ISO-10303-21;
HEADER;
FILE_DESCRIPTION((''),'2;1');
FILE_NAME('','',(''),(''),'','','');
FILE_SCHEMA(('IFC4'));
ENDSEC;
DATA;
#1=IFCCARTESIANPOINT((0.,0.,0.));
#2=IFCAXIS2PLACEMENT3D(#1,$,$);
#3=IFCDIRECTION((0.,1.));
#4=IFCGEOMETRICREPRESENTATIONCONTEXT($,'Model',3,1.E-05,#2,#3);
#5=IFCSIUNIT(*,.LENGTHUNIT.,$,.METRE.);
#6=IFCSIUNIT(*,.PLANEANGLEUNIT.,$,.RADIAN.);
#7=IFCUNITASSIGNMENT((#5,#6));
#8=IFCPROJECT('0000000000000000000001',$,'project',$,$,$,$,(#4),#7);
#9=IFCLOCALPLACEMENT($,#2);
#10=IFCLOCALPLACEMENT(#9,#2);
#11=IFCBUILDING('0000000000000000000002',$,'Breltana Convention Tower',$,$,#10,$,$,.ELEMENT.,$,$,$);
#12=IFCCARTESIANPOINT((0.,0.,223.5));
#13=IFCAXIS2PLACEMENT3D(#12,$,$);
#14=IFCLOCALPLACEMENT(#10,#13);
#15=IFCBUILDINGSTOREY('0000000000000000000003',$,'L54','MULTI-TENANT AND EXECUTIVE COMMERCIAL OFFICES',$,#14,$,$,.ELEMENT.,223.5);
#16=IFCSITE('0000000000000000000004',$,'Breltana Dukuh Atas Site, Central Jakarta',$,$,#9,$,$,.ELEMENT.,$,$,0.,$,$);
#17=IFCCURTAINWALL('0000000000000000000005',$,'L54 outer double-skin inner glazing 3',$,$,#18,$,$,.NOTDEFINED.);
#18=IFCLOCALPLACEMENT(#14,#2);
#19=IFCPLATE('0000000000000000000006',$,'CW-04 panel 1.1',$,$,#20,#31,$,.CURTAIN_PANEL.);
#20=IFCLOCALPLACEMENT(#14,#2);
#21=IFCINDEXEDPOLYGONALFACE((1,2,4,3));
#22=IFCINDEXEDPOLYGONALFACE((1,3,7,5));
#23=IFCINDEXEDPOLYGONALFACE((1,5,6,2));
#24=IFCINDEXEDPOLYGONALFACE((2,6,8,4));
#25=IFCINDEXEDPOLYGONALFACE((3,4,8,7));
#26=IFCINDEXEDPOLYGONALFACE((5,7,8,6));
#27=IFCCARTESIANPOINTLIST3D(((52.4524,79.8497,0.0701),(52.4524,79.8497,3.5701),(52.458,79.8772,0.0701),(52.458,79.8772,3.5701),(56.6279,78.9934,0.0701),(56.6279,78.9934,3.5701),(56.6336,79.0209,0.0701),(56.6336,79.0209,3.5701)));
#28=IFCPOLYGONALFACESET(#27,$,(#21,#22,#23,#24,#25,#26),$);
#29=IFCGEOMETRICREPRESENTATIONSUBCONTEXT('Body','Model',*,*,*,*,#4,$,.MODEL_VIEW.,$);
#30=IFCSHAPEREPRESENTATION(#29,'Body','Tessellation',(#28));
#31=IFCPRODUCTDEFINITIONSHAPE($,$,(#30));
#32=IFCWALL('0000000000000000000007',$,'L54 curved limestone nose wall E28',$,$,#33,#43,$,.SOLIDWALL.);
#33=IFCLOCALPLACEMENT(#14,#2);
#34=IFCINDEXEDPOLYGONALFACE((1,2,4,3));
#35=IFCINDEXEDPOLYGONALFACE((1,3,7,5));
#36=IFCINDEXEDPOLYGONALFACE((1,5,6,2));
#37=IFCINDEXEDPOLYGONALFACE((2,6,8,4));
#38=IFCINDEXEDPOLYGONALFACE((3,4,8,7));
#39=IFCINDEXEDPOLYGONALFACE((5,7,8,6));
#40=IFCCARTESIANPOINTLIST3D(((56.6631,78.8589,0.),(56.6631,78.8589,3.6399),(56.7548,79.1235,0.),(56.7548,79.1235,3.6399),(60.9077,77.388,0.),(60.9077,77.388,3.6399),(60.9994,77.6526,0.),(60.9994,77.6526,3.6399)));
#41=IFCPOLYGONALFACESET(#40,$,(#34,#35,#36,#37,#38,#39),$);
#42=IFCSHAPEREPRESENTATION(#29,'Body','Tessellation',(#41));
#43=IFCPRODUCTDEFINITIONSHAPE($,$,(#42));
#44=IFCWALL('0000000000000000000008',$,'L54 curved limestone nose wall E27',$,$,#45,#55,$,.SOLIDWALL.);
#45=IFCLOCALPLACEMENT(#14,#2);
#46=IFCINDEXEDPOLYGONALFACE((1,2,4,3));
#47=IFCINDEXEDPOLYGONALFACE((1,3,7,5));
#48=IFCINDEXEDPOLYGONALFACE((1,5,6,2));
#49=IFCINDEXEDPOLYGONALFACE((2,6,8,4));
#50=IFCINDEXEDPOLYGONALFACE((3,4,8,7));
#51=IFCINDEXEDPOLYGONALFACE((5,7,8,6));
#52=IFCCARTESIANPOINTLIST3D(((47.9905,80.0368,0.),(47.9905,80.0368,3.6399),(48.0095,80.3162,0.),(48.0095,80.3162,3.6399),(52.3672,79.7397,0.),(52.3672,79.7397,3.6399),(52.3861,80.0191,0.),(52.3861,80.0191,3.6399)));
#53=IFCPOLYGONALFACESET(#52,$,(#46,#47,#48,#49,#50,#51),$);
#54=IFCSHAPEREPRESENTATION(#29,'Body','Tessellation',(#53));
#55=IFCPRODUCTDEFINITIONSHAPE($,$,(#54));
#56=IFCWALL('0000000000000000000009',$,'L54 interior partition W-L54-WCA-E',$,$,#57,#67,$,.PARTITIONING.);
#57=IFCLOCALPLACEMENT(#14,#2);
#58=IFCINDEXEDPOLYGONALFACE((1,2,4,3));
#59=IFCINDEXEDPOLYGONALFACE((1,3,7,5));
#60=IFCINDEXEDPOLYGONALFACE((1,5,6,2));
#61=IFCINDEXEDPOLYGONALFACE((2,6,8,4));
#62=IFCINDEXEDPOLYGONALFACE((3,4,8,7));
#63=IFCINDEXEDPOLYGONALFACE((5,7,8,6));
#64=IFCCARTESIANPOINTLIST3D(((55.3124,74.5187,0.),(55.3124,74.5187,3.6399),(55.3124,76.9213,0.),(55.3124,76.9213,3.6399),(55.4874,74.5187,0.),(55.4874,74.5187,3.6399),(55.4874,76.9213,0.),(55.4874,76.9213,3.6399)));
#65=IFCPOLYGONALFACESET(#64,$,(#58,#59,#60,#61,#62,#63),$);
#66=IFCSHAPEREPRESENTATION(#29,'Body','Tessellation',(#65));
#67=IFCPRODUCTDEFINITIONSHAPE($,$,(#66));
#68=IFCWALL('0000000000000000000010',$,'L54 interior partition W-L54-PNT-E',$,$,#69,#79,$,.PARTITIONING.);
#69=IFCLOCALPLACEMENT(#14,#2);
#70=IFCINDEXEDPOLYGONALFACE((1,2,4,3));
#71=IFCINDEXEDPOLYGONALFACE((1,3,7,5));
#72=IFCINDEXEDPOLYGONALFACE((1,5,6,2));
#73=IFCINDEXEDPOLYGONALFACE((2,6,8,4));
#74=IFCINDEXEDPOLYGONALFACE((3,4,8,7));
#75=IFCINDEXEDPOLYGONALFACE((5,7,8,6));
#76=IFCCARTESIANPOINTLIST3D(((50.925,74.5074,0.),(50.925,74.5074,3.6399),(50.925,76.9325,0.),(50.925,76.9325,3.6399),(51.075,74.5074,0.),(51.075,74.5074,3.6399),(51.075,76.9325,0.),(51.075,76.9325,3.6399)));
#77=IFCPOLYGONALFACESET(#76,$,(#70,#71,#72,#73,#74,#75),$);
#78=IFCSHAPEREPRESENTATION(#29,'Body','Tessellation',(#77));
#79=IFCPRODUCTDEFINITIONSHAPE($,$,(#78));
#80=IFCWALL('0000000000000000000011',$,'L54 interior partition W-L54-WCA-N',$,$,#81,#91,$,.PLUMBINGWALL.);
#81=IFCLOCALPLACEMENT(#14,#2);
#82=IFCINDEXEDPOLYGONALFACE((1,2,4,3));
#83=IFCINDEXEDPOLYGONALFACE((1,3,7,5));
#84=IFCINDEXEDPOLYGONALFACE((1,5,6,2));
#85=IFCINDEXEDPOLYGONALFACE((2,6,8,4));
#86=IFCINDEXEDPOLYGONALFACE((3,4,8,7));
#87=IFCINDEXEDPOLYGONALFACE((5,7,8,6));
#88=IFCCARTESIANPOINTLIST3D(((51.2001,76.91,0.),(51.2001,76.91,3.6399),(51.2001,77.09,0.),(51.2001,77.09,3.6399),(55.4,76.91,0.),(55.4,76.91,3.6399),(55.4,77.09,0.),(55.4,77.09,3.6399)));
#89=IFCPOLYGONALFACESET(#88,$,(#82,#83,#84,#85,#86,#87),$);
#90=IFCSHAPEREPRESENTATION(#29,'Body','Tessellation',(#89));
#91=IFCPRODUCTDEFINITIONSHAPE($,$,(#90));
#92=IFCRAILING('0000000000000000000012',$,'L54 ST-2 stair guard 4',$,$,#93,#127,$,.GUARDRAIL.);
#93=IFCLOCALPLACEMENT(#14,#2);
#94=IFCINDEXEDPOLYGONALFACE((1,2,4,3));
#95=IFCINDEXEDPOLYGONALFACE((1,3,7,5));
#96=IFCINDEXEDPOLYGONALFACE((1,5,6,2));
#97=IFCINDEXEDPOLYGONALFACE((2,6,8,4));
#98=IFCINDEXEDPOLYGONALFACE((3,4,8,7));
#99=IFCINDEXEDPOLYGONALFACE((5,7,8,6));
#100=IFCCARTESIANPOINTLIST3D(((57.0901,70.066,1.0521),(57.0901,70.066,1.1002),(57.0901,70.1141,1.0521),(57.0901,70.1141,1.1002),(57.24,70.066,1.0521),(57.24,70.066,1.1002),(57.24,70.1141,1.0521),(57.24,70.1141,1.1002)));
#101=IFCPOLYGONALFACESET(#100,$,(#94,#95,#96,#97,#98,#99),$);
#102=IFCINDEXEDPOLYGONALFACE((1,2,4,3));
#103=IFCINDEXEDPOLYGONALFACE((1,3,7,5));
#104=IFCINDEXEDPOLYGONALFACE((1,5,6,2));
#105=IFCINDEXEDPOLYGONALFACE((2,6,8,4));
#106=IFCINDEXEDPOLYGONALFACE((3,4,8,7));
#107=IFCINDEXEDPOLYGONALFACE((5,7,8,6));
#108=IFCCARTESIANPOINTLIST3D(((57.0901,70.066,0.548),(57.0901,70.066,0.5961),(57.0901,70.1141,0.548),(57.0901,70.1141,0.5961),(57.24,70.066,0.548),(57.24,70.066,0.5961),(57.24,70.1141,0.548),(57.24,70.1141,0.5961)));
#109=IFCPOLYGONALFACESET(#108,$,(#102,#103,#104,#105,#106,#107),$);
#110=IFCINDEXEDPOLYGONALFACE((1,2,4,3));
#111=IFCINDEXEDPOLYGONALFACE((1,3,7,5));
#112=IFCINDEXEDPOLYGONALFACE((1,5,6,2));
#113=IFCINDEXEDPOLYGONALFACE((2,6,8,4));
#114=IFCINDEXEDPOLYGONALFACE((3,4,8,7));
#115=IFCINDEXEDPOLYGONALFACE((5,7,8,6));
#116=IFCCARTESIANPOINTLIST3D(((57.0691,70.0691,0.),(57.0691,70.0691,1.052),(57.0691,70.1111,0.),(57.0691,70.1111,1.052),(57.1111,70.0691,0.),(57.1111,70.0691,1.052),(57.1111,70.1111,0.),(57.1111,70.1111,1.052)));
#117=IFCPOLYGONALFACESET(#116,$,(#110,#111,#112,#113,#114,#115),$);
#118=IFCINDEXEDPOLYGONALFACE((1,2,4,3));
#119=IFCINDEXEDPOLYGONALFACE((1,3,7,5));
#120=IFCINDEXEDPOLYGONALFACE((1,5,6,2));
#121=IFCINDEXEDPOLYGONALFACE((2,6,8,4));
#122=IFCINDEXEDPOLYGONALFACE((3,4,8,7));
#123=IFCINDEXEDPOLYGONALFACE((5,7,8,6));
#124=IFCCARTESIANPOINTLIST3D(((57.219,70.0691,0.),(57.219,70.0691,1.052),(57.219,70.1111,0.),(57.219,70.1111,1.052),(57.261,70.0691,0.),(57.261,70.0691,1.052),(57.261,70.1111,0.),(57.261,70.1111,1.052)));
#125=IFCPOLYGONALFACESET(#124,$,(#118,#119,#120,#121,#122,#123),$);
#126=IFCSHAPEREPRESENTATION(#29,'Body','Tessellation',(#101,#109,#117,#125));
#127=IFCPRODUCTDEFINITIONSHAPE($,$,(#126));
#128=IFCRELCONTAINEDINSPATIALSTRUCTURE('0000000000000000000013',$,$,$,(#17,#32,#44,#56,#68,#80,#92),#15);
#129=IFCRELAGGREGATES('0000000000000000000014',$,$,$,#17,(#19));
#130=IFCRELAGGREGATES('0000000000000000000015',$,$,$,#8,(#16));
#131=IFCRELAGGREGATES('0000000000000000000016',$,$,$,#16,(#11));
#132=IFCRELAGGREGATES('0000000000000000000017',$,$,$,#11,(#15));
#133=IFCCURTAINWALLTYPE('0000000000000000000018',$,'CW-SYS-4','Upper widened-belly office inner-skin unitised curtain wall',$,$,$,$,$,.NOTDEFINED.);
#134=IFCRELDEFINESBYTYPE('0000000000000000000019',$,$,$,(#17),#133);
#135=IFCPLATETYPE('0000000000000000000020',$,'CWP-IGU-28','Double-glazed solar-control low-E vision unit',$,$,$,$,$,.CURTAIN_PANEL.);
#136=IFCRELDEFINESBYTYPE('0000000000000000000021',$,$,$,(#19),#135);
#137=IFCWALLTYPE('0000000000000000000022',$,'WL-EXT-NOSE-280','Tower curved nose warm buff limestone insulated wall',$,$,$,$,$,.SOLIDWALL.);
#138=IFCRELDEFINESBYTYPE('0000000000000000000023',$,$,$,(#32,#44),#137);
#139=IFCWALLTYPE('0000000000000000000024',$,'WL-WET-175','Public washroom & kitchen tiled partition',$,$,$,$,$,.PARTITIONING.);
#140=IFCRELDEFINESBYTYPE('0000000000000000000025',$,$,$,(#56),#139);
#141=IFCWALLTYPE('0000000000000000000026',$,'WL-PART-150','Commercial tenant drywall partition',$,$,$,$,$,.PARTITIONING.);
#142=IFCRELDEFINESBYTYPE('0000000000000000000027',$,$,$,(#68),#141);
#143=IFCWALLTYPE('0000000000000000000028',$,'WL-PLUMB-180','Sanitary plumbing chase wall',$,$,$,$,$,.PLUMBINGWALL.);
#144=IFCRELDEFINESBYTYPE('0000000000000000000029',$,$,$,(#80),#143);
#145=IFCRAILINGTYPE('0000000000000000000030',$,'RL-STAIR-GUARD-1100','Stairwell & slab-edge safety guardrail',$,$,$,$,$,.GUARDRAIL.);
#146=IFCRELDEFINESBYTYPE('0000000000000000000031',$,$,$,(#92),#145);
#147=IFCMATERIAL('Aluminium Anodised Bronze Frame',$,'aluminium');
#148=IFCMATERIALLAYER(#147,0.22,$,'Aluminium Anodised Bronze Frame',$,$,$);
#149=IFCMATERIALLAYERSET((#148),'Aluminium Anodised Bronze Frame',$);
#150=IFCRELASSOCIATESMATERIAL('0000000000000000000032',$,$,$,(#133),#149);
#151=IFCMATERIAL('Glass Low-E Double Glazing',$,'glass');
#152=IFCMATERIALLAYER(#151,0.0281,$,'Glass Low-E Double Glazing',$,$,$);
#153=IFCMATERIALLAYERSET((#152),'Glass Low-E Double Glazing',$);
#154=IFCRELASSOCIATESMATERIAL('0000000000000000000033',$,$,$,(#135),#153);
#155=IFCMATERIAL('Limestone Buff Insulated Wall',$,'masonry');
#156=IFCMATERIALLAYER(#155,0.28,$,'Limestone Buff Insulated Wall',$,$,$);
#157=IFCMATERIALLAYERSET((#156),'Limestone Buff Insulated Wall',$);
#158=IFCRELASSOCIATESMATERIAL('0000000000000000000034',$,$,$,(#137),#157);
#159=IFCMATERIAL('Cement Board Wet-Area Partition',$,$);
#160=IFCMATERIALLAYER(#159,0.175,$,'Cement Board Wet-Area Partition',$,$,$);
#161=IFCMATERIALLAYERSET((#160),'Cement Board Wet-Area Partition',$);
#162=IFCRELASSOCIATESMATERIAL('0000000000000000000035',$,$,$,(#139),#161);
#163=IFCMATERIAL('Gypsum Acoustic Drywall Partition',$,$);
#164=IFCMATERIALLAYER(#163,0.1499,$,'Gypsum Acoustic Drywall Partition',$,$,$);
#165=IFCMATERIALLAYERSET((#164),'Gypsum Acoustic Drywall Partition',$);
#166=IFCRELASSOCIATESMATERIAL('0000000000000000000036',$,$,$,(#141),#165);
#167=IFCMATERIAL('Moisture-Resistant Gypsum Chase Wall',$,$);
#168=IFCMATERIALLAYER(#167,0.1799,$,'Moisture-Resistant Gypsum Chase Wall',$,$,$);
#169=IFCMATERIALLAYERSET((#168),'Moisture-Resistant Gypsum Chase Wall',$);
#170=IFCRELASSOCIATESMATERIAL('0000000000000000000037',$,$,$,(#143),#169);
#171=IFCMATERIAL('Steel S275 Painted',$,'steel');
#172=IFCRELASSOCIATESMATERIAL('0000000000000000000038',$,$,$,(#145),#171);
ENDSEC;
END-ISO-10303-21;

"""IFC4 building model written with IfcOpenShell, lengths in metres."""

from ifc_helpers import new_model, si_unit, direction, frame, frame_2d, origin, origin_2d, place, context, subcontext, project, spatial, rectangle, extrude, source, transform, mapped, material, layer, layer_set, type_object, element, aggregate, save


model = new_model("IFC4")

# Units and contexts
model_context = context("Model", 3, precision=1e-05, world=origin(), true_north=direction((0.0, 1.0)))
body_context = subcontext(model_context, "Body", "Model", "MODEL_VIEW")
ifc_project = project(units=[si_unit("LENGTHUNIT", "METRE"), si_unit("PLANEANGLEUNIT", "RADIAN")], contexts=[model_context])

# Site, building, storey
site_placement = place(None, origin())
site = spatial("IfcSite", under=ifc_project, at=site_placement, Name="Breltana Dukuh Atas Site, Central Jakarta", CompositionType="ELEMENT", RefElevation=0.0)
building_placement = place(site_placement, origin())
building = spatial("IfcBuilding", under=site, at=building_placement, Name="Breltana Convention Tower", CompositionType="ELEMENT")
storey_placement = place(building_placement, frame((0.0, 0.0, 223.5)))
storey = spatial("IfcBuildingStorey", under=building, at=storey_placement, Name="L54", Description="MULTI-TENANT AND EXECUTIVE COMMERCIAL OFFICES", CompositionType="ELEMENT", Elevation=223.5)

# Curtain wall, plate
ifc_material_1 = material(Name="Aluminium Anodised Bronze Frame", Category="aluminium")
ifc_layer_1 = layer(ifc_material_1, 0.22, Name="Aluminium Anodised Bronze Frame")
ifc_layer_set_1 = layer_set([ifc_layer_1], Name="Aluminium Anodised Bronze Frame")
curtain_wall_type = type_object("IfcCurtainWallType", Name="CW-SYS-4", Description="Upper widened-belly office inner-skin unitised curtain wall", PredefinedType="NOTDEFINED", material=ifc_layer_set_1)
curtain_wall_placement = place(storey_placement, origin())
curtain_wall = element("IfcCurtainWall", 1, at=curtain_wall_placement, inside=storey, type_object=curtain_wall_type, Name="L54 outer double-skin inner glazing 3", PredefinedType="NOTDEFINED")
ifc_material_2 = material(Name="Glass Low-E Double Glazing", Category="glass")
ifc_layer_2 = layer(ifc_material_2, 0.0281, Name="Glass Low-E Double Glazing")
ifc_layer_set_2 = layer_set([ifc_layer_2], Name="Glass Low-E Double Glazing")
plate_type = type_object("IfcPlateType", Name="CWP-IGU-28", Description="Double-glazed solar-control low-E vision unit", PredefinedType="CURTAIN_PANEL", material=ifc_layer_set_2)
shared_shape_1 = source(origin(), body_context, "Body", "SweptSolid", [
    extrude(rectangle(XDim=4.2625, YDim=0.0281, at=origin_2d()), origin(), (0.0, 0.0, 1.0), 3.5),
])
plate_placement = place(storey_placement, frame((54.543, 79.4353, 0.0701), z_axis=(0.0, 0.0, 1.0), x_axis=(0.979616, -0.20088, 0.0)))
plate = element("IfcPlate", 2, at=plate_placement, type_object=plate_type, Name="CW-04 panel 1.1", PredefinedType="CURTAIN_PANEL", context=body_context, shape_type="MappedRepresentation", body=[
    mapped(shared_shape_1, transform((0.0, 0.0, 0.0), scale=1.0)),
])
aggregate(curtain_wall, [plate])

# Walls
ifc_material_3 = material(Name="Limestone Buff Insulated Wall", Category="masonry")
ifc_layer_3 = layer(ifc_material_3, 0.28, Name="Limestone Buff Insulated Wall")
ifc_layer_set_3 = layer_set([ifc_layer_3], Name="Limestone Buff Insulated Wall")
wall_type_1 = type_object("IfcWallType", Name="WL-EXT-NOSE-280", Description="Tower curved nose warm buff limestone insulated wall", PredefinedType="SOLIDWALL", material=ifc_layer_set_3)
shared_shape_2 = source(origin(), body_context, "Body", "SweptSolid", [
    extrude(rectangle(XDim=4.4922, YDim=0.28, at=frame_2d((2.2461, 0.0))), origin(), (0.0, 0.0, 1.0), 3.6399),
])
wall_1_placement = place(storey_placement, frame((56.709, 78.9912, 0.0), z_axis=(0.0, 0.0, 1.0), x_axis=(0.944872, -0.327439, 0.0)))
element("IfcWall", 3, at=wall_1_placement, inside=storey, type_object=wall_type_1, Name="L54 curved limestone nose wall E28", PredefinedType="SOLIDWALL", context=body_context, shape_type="MappedRepresentation", body=[
    mapped(shared_shape_2, transform((0.0, 0.0, 0.0), scale=1.0)),
])
shared_shape_3 = source(origin(), body_context, "Body", "SweptSolid", [
    extrude(rectangle(XDim=4.3867, YDim=0.28, at=frame_2d((2.1934, 0.0))), origin(), (0.0, 0.0, 1.0), 3.6399),
])
wall_2_placement = place(storey_placement, frame((48.0, 80.1765, 0.0), z_axis=(0.0, 0.0, 1.0), x_axis=(0.997704, -0.067731, 0.0)))
element("IfcWall", 4, at=wall_2_placement, inside=storey, type_object=wall_type_1, Name="L54 curved limestone nose wall E27", PredefinedType="SOLIDWALL", context=body_context, shape_type="MappedRepresentation", body=[
    mapped(shared_shape_3, transform((0.0, 0.0, 0.0), scale=1.0)),
])
ifc_material_4 = material(Name="Cement Board Wet-Area Partition")
ifc_layer_4 = layer(ifc_material_4, 0.175, Name="Cement Board Wet-Area Partition")
ifc_layer_set_4 = layer_set([ifc_layer_4], Name="Cement Board Wet-Area Partition")
wall_type_2 = type_object("IfcWallType", Name="WL-WET-175", Description="Public washroom & kitchen tiled partition", PredefinedType="PARTITIONING", material=ifc_layer_set_4)
shared_shape_4 = source(origin(), body_context, "Body", "SweptSolid", [
    extrude(rectangle(XDim=2.4026, YDim=0.175, at=frame_2d((1.2012, 0.0))), origin(), (0.0, 0.0, 1.0), 3.6399),
])
wall_3_placement = place(storey_placement, frame((55.3999, 74.5188, 0.0), z_axis=(0.0, 0.0, 1.0), x_axis=(0.0, 1.0, 0.0)))
element("IfcWall", 5, at=wall_3_placement, inside=storey, type_object=wall_type_2, Name="L54 interior partition W-L54-WCA-E", PredefinedType="PARTITIONING", context=body_context, shape_type="MappedRepresentation", body=[
    mapped(shared_shape_4, transform((0.0, 0.0, 0.0), scale=1.0)),
])
ifc_material_5 = material(Name="Gypsum Acoustic Drywall Partition")
ifc_layer_5 = layer(ifc_material_5, 0.1499, Name="Gypsum Acoustic Drywall Partition")
ifc_layer_set_5 = layer_set([ifc_layer_5], Name="Gypsum Acoustic Drywall Partition")
wall_type_3 = type_object("IfcWallType", Name="WL-PART-150", Description="Commercial tenant drywall partition", PredefinedType="PARTITIONING", material=ifc_layer_set_5)
shared_shape_5 = source(origin(), body_context, "Body", "SweptSolid", [
    extrude(rectangle(XDim=2.425, YDim=0.1499, at=frame_2d((1.2124, 0.0))), origin(), (0.0, 0.0, 1.0), 3.6399),
])
wall_4_placement = place(storey_placement, frame((51.0, 74.5076, 0.0), z_axis=(0.0, 0.0, 1.0), x_axis=(0.0, 1.0, 0.0)))
element("IfcWall", 6, at=wall_4_placement, inside=storey, type_object=wall_type_3, Name="L54 interior partition W-L54-PNT-E", PredefinedType="PARTITIONING", context=body_context, shape_type="MappedRepresentation", body=[
    mapped(shared_shape_5, transform((0.0, 0.0, 0.0), scale=1.0)),
])

# Wall
ifc_material_6 = material(Name="Moisture-Resistant Gypsum Chase Wall")
ifc_layer_6 = layer(ifc_material_6, 0.1799, Name="Moisture-Resistant Gypsum Chase Wall")
ifc_layer_set_6 = layer_set([ifc_layer_6], Name="Moisture-Resistant Gypsum Chase Wall")
wall_type_4 = type_object("IfcWallType", Name="WL-PLUMB-180", Description="Sanitary plumbing chase wall", PredefinedType="PLUMBINGWALL", material=ifc_layer_set_6)
shared_shape_6 = source(origin(), body_context, "Body", "SweptSolid", [
    extrude(rectangle(XDim=4.2, YDim=0.1799, at=frame_2d((2.1001, 0.0))), origin(), (0.0, 0.0, 1.0), 3.6399),
])
wall_5_placement = place(storey_placement, frame((51.2, 77.0, 0.0), z_axis=(0.0, 0.0, 1.0), x_axis=(1.0, 0.0, 0.0)))
element("IfcWall", 7, at=wall_5_placement, inside=storey, type_object=wall_type_4, Name="L54 interior partition W-L54-WCA-N", PredefinedType="PLUMBINGWALL", context=body_context, shape_type="MappedRepresentation", body=[
    mapped(shared_shape_6, transform((0.0, 0.0, 0.0), scale=1.0)),
])

# Railing
ifc_material_7 = material(Name="Steel S275 Painted", Category="steel")
railing_type = type_object("IfcRailingType", Name="RL-STAIR-GUARD-1100", Description="Stairwell & slab-edge safety guardrail", PredefinedType="GUARDRAIL", material=ifc_material_7)
railing_placement = place(storey_placement, frame((57.0901, 70.0901, 0.0)))
element("IfcRailing", 8, at=railing_placement, inside=storey, type_object=railing_type, Name="L54 ST-2 stair guard 4", PredefinedType="GUARDRAIL", context=body_context, shape_type="SweptSolid", body=[
    extrude(rectangle(XDim=0.0481, YDim=0.0481, at=origin_2d()), frame((0.0, 0.0, 1.0762), z_axis=(1.0, 0.0, 0.0), x_axis=(0.0, 1.0, 0.0)), (0.0, 0.0, 1.0), 0.1499),
    extrude(rectangle(XDim=0.0481, YDim=0.0481, at=origin_2d()), frame((0.0, 0.0, 0.572), z_axis=(1.0, 0.0, 0.0), x_axis=(0.0, 1.0, 0.0)), (0.0, 0.0, 1.0), 0.1499),
    extrude(rectangle(XDim=0.042, YDim=0.042, at=origin_2d()), origin(), (0.0, 0.0, 1.0), 1.052),
    extrude(rectangle(XDim=0.042, YDim=0.042, at=origin_2d()), frame((0.1499, 0.0, 0.0)), (0.0, 0.0, 1.0), 1.052),
])

save(model, "model.ifc")
